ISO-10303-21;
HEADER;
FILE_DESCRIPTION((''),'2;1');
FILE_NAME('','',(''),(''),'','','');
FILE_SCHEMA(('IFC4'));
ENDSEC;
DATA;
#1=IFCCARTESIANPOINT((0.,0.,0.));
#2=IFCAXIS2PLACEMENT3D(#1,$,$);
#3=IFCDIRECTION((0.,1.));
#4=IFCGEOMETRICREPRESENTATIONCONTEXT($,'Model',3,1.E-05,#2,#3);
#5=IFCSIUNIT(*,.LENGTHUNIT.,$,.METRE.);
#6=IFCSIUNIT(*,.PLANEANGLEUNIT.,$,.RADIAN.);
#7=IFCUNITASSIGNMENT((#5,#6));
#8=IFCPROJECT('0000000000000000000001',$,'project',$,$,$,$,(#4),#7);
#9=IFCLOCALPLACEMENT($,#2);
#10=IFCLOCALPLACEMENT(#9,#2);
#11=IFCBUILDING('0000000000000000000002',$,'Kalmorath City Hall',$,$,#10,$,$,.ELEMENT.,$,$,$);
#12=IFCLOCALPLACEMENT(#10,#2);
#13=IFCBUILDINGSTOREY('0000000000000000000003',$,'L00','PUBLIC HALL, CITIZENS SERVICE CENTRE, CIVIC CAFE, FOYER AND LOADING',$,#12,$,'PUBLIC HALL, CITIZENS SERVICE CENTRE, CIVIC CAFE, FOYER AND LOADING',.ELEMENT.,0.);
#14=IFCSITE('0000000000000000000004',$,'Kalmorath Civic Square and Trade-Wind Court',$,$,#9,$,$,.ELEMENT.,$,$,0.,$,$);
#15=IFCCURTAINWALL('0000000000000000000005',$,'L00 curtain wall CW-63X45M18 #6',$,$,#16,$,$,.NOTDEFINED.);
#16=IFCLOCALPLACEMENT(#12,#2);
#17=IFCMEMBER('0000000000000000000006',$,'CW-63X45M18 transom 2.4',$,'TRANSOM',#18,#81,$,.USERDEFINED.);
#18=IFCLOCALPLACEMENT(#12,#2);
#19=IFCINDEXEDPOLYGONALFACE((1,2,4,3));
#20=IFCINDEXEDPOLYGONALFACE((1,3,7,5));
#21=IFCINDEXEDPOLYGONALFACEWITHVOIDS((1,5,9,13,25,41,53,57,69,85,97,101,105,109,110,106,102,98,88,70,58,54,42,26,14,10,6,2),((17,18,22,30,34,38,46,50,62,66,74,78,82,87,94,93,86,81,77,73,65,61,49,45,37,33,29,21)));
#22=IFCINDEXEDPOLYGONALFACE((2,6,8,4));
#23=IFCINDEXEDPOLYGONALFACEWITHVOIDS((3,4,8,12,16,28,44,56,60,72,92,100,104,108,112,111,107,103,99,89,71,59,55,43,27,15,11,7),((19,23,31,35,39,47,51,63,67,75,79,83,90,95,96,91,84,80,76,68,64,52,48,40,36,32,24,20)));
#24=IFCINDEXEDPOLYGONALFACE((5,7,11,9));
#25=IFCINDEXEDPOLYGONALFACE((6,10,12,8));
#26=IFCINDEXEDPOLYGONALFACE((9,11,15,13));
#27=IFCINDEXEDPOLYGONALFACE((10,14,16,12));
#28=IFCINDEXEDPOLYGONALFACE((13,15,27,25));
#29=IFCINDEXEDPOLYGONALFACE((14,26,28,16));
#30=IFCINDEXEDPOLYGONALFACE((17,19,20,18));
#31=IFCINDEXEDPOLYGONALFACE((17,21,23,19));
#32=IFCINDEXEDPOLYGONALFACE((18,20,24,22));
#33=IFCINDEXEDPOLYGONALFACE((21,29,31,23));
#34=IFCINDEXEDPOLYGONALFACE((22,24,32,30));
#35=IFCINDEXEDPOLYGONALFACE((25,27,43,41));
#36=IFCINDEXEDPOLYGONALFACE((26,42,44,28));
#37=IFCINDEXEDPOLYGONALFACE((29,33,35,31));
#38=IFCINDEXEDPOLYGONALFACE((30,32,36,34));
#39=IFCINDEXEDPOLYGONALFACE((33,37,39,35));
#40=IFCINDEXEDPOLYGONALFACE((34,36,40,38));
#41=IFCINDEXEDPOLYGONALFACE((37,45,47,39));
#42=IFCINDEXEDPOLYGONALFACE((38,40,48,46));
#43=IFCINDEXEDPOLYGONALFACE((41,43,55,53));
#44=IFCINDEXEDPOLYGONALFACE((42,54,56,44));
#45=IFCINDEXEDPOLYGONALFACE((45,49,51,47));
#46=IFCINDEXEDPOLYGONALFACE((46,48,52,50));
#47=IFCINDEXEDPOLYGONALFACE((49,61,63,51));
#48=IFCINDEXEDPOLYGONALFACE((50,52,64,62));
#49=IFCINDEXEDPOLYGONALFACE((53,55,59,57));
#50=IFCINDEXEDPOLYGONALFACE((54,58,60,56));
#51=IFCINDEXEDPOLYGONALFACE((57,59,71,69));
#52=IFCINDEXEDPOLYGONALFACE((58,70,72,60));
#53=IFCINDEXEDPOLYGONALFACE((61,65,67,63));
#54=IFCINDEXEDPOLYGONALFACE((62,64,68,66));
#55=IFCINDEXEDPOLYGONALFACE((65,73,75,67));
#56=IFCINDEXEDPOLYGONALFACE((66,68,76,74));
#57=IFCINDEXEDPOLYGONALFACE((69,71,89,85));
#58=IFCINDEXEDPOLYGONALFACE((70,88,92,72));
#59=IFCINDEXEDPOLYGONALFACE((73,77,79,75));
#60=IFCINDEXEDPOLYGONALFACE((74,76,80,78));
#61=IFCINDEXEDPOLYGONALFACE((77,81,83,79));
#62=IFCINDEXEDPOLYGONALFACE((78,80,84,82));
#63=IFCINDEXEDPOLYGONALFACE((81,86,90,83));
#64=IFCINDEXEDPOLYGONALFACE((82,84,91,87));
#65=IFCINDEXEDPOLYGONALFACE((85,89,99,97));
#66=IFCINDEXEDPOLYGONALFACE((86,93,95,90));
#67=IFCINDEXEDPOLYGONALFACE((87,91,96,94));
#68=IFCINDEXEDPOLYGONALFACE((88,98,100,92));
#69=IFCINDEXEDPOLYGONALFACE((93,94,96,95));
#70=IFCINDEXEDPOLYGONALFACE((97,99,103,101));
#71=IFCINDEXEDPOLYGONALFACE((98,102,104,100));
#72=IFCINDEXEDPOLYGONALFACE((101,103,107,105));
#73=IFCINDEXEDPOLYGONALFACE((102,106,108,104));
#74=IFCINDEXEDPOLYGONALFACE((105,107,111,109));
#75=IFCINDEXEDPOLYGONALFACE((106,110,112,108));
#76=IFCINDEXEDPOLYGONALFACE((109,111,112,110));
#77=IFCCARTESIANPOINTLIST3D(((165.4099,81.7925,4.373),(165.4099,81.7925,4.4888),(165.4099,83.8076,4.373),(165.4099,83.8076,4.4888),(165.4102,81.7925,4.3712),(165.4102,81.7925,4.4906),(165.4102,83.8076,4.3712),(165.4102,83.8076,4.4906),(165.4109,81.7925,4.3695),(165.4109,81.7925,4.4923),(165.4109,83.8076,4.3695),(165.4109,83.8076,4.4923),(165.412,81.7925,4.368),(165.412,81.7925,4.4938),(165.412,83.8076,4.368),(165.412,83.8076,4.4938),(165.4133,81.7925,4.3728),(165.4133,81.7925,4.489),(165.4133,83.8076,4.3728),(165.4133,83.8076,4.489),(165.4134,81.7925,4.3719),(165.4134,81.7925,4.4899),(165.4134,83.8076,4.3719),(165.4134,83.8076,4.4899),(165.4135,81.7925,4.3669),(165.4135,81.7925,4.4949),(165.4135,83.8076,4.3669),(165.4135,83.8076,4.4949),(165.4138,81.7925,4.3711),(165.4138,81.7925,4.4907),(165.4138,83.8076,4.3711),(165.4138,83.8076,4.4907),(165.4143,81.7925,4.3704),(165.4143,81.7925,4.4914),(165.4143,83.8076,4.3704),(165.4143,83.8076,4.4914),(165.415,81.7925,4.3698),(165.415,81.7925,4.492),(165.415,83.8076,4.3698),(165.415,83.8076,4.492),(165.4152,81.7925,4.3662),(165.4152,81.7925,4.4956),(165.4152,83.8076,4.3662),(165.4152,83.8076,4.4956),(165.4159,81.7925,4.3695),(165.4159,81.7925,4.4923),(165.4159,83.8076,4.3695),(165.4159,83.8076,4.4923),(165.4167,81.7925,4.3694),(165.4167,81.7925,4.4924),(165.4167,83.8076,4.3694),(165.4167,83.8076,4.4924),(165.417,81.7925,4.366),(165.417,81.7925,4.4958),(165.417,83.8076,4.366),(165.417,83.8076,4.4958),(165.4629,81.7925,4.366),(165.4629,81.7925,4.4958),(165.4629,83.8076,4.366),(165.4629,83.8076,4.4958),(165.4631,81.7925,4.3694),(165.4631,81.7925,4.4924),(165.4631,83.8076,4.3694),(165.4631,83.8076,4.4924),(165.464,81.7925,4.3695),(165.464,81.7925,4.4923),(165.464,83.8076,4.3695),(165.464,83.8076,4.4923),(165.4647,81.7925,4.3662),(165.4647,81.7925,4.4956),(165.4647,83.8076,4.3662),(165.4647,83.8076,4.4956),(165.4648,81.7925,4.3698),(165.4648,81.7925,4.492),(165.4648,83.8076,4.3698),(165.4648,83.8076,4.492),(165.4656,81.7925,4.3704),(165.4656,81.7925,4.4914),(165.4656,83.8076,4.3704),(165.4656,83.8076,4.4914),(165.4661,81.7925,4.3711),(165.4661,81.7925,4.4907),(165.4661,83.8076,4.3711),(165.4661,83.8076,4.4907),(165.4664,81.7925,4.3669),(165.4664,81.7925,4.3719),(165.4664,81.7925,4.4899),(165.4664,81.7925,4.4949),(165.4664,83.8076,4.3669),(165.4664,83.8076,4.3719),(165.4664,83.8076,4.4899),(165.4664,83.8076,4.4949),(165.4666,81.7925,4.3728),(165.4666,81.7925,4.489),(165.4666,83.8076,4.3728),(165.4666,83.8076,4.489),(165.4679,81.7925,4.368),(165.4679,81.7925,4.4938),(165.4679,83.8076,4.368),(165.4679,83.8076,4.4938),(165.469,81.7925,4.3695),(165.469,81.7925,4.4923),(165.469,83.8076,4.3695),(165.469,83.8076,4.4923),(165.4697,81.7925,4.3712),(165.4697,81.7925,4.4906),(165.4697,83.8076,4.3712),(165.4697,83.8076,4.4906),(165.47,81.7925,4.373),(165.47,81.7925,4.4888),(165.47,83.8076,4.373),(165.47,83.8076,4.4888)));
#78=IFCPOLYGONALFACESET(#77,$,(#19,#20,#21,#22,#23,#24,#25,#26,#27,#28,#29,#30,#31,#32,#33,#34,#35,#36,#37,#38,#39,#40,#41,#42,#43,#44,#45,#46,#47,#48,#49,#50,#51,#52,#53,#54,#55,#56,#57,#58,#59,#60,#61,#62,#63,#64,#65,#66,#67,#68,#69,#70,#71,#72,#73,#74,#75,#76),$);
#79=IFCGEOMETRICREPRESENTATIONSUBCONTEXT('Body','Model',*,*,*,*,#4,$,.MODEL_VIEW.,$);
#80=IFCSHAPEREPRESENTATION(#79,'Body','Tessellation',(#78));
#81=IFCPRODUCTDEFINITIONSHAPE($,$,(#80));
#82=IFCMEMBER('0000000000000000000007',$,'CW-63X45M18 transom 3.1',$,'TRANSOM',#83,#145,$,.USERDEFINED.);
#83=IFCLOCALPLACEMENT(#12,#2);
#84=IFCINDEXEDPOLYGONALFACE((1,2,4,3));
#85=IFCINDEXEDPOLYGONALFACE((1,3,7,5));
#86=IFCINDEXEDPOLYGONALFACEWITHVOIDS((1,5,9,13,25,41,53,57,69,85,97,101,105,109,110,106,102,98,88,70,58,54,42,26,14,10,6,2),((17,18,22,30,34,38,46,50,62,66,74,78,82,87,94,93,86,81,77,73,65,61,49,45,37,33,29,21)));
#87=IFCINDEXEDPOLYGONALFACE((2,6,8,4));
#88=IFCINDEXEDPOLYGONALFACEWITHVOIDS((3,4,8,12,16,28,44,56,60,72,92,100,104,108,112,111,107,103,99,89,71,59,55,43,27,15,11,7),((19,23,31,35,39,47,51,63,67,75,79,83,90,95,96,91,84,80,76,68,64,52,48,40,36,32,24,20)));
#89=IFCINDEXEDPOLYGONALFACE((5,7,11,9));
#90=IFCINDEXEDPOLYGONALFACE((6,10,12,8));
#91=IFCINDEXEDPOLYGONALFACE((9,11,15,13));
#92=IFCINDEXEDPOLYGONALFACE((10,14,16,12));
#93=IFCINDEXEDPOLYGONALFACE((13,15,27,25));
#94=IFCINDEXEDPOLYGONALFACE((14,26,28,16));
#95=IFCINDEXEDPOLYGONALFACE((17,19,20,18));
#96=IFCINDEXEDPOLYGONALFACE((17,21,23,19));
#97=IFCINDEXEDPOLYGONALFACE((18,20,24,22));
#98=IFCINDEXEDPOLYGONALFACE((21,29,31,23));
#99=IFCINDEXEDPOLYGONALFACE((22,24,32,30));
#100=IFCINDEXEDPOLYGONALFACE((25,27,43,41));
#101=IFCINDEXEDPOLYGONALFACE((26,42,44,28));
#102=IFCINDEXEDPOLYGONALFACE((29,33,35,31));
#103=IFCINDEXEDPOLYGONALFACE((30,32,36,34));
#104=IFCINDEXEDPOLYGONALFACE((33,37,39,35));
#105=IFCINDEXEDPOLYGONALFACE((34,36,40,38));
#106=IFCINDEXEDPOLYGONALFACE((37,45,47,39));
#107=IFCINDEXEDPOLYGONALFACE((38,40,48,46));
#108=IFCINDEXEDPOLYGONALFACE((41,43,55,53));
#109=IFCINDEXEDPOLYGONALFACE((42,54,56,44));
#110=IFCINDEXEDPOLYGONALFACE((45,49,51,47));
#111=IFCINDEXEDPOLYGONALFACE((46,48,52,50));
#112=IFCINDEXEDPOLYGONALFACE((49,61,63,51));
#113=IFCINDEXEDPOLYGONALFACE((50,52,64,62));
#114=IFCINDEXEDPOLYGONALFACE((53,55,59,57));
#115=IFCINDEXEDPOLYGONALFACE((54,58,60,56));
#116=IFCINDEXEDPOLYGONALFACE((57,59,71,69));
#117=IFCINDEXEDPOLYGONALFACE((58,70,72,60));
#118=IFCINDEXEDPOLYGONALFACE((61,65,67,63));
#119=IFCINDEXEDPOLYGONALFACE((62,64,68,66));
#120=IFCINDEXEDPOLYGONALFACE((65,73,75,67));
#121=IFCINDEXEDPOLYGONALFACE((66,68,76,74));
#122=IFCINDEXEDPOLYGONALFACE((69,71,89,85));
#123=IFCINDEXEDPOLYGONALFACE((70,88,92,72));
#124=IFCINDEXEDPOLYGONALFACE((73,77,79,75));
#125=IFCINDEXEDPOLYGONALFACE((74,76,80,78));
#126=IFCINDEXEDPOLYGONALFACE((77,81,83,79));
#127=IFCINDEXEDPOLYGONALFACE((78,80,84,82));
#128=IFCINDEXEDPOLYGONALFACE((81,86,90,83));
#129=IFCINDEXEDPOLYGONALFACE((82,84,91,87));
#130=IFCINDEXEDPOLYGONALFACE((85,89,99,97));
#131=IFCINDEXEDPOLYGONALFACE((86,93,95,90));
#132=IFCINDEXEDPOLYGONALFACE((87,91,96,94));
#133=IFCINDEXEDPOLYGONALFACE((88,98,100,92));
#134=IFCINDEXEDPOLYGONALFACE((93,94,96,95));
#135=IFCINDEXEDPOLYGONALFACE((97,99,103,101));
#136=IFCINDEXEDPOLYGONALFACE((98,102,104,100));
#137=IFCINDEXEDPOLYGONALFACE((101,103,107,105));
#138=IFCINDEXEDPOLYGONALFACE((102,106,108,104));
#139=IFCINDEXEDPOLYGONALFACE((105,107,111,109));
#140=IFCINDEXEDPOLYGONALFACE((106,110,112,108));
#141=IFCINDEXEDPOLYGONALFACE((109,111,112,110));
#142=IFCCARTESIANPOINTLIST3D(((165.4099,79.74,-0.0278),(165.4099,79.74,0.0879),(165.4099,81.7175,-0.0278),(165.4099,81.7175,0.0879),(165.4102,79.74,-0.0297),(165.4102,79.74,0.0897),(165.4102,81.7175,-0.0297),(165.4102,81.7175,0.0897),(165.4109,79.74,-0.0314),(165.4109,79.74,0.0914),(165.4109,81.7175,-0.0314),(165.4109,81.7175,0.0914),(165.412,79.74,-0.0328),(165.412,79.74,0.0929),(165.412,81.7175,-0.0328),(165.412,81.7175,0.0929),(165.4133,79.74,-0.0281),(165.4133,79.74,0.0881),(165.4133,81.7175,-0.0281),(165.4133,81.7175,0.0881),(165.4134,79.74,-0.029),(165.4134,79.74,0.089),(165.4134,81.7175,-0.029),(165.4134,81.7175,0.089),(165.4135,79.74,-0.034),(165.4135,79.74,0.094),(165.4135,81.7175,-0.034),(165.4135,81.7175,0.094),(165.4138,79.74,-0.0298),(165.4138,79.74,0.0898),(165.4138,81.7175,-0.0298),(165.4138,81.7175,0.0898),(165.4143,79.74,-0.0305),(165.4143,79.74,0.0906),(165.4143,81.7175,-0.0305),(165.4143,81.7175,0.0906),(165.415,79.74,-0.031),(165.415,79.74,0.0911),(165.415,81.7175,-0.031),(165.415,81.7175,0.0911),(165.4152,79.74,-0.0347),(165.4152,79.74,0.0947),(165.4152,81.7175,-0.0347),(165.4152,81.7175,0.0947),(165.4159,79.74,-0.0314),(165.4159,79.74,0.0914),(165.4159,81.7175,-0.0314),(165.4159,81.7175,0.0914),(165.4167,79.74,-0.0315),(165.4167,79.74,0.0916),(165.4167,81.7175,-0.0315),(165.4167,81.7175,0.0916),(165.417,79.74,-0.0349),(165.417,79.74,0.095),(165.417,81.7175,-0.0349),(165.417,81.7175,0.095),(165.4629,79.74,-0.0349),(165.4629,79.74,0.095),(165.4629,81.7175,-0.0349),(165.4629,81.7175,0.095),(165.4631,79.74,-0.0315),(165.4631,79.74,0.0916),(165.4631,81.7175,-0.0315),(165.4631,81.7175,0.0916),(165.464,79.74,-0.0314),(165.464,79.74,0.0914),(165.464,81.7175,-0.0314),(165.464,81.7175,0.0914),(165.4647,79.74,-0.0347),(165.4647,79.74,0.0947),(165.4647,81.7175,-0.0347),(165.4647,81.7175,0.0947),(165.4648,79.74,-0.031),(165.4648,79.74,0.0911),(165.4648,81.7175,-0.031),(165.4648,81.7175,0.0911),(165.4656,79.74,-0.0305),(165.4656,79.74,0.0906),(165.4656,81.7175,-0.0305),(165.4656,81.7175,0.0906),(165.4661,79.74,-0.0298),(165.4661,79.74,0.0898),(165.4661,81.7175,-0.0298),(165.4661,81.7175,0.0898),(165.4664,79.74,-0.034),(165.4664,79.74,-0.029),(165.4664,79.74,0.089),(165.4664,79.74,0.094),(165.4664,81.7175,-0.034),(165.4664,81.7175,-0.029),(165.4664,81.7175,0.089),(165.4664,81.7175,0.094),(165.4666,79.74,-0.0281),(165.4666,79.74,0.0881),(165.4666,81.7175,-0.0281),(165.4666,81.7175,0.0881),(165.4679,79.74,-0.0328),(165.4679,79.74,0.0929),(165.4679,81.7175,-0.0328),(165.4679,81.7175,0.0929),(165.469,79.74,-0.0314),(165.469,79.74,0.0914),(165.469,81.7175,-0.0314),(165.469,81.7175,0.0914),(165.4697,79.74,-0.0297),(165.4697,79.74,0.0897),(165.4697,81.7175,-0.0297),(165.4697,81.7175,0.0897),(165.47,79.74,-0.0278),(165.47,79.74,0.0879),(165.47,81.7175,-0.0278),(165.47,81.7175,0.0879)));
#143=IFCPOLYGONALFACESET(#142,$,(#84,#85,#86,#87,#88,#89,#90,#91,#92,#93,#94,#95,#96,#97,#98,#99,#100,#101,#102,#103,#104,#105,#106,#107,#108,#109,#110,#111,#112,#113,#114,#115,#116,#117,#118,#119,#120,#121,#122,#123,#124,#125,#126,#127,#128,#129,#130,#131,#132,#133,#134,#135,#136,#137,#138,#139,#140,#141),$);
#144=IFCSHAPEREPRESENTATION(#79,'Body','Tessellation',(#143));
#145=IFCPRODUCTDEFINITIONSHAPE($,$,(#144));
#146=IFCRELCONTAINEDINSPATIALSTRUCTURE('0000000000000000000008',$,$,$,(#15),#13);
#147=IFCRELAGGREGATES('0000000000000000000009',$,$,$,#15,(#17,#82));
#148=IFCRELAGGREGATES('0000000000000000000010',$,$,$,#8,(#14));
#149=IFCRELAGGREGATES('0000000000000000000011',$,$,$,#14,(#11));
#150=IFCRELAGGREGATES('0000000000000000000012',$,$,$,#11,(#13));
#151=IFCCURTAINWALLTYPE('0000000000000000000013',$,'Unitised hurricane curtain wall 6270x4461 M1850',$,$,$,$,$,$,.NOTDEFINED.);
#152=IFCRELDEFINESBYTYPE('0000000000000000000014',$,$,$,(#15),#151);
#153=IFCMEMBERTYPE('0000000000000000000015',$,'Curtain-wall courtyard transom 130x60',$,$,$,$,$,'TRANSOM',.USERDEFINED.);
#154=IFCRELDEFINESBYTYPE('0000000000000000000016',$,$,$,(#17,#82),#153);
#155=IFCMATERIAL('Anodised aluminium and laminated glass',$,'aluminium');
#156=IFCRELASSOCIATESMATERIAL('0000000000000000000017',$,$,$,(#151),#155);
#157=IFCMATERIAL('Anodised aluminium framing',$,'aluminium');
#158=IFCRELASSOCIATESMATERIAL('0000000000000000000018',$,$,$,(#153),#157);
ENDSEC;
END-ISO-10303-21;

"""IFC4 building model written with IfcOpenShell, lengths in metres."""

from ifc_helpers import new_model, si_unit, direction, frame, origin, origin_2d, place, context, subcontext, project, spatial, hollow_rectangle, extrude, material, material_profile, profile_set, type_object, element, aggregate, save


model = new_model("IFC4")

# Units and contexts
model_context = context("Model", 3, precision=1e-05, world=origin(), true_north=direction((0.0, 1.0)))
body_context = subcontext(model_context, "Body", "Model", "MODEL_VIEW")
ifc_project = project(units=[si_unit("LENGTHUNIT", "METRE"), si_unit("PLANEANGLEUNIT", "RADIAN")], contexts=[model_context])

# Site, building, storey
site_placement = place(None, origin())
site = spatial("IfcSite", under=ifc_project, at=site_placement, Name="Kalmorath Civic Square and Trade-Wind Court", CompositionType="ELEMENT", RefElevation=0.0)
building_placement = place(site_placement, origin())
building = spatial("IfcBuilding", under=site, at=building_placement, Name="Kalmorath City Hall", CompositionType="ELEMENT")
storey_placement = place(building_placement, origin())
storey = spatial("IfcBuildingStorey", under=building, at=storey_placement, Name="L00", Description="PUBLIC HALL, CITIZENS SERVICE CENTRE, CIVIC CAFE, FOYER AND LOADING", LongName="PUBLIC HALL, CITIZENS SERVICE CENTRE, CIVIC CAFE, FOYER AND LOADING", CompositionType="ELEMENT", Elevation=0.0)

# Curtain wall, members
ifc_material_1 = material(Name="Anodised aluminium and laminated glass", Category="aluminium")
curtain_wall_type = type_object("IfcCurtainWallType", Name="Unitised hurricane curtain wall 6270x4461 M1850", PredefinedType="NOTDEFINED", material=ifc_material_1)
curtain_wall_placement = place(storey_placement, origin())
curtain_wall = element("IfcCurtainWall", 1, at=curtain_wall_placement, inside=storey, type_object=curtain_wall_type, Name="L00 curtain wall CW-63X45M18 #6", PredefinedType="NOTDEFINED")
ifc_material_2 = material(Name="Anodised aluminium framing", Category="aluminium")
ifc_material_profile_1 = material_profile(ifc_material_2, hollow_rectangle(XDim=0.0601, YDim=0.1299, WallThickness=0.0034, InnerFilletRadius=0.0034, OuterFilletRadius=0.0071, at=origin_2d()), Name="ALU-TRN-130X60X3.5")
ifc_profile_set_1 = profile_set([ifc_material_profile_1], Name="Anodised aluminium framing")
member_type_1 = type_object("IfcMemberType", Name="Curtain-wall courtyard transom 130x60", ElementType="TRANSOM", PredefinedType="USERDEFINED", material=ifc_profile_set_1)
member_1_placement = place(storey_placement, frame((165.4399, 83.8076, 4.4309), z_axis=(0.0, -1.0, 0.0), x_axis=(1.0, 0.0, 0.0)))
member_1 = element("IfcMember", 2, at=member_1_placement, type_object=member_type_1, Name="CW-63X45M18 transom 2.4", ObjectType="TRANSOM", PredefinedType="USERDEFINED", context=body_context, shape_type="SweptSolid", body=[
    extrude(hollow_rectangle(XDim=0.0601, YDim=0.1299, WallThickness=0.0034, InnerFilletRadius=0.0034, OuterFilletRadius=0.0071, at=origin_2d()), origin(), (0.0, 0.0, 1.0), 2.0151),
])
member_2_placement = place(storey_placement, frame((165.4399, 81.7175, 0.03), z_axis=(0.0, -1.0, 0.0), x_axis=(1.0, 0.0, 0.0)))
member_2 = element("IfcMember", 3, at=member_2_placement, type_object=member_type_1, Name="CW-63X45M18 transom 3.1", ObjectType="TRANSOM", PredefinedType="USERDEFINED", context=body_context, shape_type="SweptSolid", body=[
    extrude(hollow_rectangle(XDim=0.0601, YDim=0.1299, WallThickness=0.0034, InnerFilletRadius=0.0034, OuterFilletRadius=0.0071, at=origin_2d()), origin(), (0.0, 0.0, 1.0), 1.9775),
])

aggregate(curtain_wall, [member_1, member_2])

save(model, "model.ifc")
